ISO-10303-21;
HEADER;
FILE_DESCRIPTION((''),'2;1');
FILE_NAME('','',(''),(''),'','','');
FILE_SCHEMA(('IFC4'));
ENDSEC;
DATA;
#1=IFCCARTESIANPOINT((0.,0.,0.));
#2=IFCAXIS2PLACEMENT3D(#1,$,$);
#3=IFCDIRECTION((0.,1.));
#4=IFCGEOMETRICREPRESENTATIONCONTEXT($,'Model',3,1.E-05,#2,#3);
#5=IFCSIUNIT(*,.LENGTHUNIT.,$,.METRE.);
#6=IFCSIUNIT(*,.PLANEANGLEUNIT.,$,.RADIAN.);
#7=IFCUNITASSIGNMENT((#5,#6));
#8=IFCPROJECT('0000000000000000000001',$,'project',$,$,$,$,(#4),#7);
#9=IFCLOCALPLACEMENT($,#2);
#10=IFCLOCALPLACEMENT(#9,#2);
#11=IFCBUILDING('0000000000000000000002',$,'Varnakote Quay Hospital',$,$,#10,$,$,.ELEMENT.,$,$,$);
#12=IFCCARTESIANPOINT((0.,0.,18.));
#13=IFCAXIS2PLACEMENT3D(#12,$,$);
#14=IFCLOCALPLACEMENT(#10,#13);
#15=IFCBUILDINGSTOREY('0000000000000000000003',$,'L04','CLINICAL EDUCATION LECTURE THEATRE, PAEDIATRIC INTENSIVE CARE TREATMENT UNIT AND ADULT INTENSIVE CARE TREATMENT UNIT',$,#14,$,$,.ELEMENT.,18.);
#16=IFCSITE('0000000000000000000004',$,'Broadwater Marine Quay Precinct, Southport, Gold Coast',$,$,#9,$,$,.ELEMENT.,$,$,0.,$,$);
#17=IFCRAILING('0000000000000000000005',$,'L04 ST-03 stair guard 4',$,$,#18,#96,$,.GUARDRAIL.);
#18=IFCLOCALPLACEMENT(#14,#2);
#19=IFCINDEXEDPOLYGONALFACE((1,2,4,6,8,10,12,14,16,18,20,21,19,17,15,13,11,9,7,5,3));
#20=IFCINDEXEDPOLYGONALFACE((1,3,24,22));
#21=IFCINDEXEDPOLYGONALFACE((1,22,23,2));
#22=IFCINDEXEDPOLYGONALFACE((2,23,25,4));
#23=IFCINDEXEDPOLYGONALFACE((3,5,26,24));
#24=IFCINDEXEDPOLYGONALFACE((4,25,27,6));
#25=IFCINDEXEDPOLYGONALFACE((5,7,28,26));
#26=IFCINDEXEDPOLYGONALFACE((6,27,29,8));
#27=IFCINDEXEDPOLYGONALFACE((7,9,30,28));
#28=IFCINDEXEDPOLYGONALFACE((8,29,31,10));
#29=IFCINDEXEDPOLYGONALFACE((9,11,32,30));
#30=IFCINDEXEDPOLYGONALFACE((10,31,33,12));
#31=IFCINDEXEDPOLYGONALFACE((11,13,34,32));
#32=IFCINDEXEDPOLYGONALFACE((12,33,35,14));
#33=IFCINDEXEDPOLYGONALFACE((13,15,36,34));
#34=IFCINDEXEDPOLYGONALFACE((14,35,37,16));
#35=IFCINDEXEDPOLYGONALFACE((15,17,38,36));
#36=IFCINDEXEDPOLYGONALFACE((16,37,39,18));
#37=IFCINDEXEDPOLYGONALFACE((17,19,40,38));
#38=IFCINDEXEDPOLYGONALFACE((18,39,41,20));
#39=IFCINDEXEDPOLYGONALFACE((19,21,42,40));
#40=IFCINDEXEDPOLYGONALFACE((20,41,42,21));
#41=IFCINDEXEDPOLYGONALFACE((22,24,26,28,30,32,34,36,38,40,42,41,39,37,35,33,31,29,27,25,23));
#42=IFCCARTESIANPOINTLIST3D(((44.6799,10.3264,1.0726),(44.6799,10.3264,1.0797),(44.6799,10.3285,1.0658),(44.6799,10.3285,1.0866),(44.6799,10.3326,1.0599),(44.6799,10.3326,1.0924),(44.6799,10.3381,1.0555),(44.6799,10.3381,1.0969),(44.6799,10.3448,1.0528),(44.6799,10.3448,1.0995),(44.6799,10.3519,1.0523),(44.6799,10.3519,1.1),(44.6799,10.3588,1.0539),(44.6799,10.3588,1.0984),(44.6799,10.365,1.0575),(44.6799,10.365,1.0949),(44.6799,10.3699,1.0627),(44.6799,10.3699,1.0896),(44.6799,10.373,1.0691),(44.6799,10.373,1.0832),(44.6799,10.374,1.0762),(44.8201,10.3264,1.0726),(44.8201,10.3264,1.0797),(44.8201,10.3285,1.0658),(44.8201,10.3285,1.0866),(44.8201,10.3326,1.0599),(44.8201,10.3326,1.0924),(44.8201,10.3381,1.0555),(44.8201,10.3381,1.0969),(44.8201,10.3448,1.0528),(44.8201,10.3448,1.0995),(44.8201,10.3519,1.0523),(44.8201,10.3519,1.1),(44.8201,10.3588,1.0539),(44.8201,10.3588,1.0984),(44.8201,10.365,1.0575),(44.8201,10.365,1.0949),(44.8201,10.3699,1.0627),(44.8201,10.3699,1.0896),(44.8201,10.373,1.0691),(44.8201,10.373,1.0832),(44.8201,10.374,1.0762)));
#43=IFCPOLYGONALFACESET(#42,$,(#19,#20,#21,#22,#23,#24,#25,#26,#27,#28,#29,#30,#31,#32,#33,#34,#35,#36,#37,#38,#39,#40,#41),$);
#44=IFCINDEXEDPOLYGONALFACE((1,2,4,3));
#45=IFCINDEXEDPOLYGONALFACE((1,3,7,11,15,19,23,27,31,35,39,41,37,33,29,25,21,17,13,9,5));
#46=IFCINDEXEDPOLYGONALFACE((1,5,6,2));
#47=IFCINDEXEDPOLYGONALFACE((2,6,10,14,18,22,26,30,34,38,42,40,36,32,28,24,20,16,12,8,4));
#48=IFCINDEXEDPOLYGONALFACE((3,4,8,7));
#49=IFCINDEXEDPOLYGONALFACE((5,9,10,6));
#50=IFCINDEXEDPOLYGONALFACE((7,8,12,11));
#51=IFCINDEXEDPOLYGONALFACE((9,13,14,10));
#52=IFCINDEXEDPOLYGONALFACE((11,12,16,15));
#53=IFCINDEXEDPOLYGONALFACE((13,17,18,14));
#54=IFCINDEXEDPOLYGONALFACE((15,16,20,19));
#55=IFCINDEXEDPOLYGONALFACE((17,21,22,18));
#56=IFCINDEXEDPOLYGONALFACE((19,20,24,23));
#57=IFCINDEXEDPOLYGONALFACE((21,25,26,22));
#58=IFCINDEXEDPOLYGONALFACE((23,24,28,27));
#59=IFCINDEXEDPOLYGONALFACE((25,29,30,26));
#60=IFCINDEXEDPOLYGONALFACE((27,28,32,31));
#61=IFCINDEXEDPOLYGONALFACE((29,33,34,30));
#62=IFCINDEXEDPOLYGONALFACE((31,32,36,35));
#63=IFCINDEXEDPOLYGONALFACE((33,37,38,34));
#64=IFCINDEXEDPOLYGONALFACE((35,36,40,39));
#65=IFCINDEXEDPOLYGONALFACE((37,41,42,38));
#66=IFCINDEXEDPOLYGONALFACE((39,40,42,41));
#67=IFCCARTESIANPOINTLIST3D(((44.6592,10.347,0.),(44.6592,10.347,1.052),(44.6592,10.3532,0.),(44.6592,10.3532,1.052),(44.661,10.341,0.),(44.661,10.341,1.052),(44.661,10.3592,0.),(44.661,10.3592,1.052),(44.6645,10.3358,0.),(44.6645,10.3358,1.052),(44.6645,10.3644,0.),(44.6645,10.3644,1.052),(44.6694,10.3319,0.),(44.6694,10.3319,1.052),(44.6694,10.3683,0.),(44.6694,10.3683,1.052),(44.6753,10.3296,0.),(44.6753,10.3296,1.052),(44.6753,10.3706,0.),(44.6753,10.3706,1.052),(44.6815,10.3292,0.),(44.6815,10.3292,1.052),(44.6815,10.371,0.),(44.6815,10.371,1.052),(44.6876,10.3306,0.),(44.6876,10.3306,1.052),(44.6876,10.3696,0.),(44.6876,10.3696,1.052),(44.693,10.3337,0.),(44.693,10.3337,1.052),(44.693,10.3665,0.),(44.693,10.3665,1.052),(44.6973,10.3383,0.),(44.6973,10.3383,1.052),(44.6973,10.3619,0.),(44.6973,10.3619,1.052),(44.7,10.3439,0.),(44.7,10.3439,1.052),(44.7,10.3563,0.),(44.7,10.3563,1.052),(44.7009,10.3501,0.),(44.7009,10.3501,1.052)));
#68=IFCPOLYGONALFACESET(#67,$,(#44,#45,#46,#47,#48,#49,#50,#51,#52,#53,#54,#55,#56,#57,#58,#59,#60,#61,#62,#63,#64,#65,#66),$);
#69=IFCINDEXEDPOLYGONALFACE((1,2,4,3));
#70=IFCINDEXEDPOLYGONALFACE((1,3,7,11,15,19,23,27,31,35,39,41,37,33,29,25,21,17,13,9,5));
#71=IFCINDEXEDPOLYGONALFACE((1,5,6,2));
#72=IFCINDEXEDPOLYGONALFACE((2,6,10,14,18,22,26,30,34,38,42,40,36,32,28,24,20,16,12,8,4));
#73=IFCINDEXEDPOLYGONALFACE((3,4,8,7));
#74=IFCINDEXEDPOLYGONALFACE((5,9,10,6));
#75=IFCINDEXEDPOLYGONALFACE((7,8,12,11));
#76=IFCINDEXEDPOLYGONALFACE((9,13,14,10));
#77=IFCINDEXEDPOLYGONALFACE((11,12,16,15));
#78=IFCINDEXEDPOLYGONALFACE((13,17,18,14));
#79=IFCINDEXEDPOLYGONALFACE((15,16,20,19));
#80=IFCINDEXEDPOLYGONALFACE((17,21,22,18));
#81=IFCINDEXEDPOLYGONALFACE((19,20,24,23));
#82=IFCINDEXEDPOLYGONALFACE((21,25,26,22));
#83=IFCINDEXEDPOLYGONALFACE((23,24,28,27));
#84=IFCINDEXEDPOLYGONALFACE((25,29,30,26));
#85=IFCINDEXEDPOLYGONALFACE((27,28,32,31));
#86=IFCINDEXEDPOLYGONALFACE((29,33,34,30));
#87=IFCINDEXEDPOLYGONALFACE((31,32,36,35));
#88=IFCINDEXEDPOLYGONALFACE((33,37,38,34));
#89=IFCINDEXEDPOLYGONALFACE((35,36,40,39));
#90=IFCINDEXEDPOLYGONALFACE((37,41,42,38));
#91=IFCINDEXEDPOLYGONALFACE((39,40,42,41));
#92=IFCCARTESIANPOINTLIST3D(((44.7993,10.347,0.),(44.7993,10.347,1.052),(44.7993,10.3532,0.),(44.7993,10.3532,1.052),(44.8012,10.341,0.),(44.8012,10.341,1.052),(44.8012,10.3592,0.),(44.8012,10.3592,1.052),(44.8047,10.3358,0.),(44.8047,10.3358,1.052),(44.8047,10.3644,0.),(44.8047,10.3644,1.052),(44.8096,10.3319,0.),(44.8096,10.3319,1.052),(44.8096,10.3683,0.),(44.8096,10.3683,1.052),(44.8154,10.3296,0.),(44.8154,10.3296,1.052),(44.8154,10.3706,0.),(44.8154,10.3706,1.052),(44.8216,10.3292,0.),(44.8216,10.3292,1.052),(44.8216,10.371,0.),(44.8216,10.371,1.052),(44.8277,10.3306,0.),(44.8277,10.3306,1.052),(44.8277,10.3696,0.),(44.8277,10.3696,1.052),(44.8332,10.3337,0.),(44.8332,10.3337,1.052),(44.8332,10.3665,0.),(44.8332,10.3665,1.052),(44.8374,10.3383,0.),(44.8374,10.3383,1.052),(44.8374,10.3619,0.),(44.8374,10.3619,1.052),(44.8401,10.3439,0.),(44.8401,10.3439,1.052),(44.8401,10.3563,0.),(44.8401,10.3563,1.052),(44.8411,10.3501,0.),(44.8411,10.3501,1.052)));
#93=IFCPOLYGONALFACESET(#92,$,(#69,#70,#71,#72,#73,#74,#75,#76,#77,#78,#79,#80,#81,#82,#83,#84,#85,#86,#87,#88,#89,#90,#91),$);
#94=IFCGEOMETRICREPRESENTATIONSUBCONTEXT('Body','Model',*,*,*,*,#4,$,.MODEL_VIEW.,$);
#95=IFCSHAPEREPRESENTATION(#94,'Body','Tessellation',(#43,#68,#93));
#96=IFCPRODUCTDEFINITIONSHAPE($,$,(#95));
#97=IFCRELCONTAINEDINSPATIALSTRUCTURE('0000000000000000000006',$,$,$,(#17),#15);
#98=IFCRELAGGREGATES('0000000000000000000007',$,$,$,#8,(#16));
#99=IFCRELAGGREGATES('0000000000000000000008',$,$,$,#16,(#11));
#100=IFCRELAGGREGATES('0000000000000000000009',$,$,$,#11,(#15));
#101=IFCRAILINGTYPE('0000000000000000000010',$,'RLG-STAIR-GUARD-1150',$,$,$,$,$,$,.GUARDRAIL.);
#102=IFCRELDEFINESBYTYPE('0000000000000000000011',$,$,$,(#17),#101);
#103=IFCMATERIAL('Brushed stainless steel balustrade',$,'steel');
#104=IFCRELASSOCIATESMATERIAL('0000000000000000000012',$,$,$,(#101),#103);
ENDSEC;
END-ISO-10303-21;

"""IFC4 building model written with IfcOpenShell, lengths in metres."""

from ifc_helpers import new_model, si_unit, direction, frame, origin, origin_2d, place, context, subcontext, project, spatial, circle, extrude, material, type_object, element, save


model = new_model("IFC4")

# Units and contexts
model_context = context("Model", 3, precision=1e-05, world=origin(), true_north=direction((0.0, 1.0)))
body_context = subcontext(model_context, "Body", "Model", "MODEL_VIEW")
ifc_project = project(units=[si_unit("LENGTHUNIT", "METRE"), si_unit("PLANEANGLEUNIT", "RADIAN")], contexts=[model_context])

# Site, building, storey
site_placement = place(None, origin())
site = spatial("IfcSite", under=ifc_project, at=site_placement, Name="Broadwater Marine Quay Precinct, Southport, Gold Coast", CompositionType="ELEMENT", RefElevation=0.0)
building_placement = place(site_placement, origin())
building = spatial("IfcBuilding", under=site, at=building_placement, Name="Varnakote Quay Hospital", CompositionType="ELEMENT")
storey_placement = place(building_placement, frame((0.0, 0.0, 18.0)))
storey = spatial("IfcBuildingStorey", under=building, at=storey_placement, Name="L04", Description="CLINICAL EDUCATION LECTURE THEATRE, PAEDIATRIC INTENSIVE CARE TREATMENT UNIT AND ADULT INTENSIVE CARE TREATMENT UNIT", CompositionType="ELEMENT", Elevation=18.0)

# Railing
ifc_material_1 = material(Name="Brushed stainless steel balustrade", Category="steel")
railing_type_1 = type_object("IfcRailingType", Name="RLG-STAIR-GUARD-1150", PredefinedType="GUARDRAIL", material=ifc_material_1)
railing_1_placement = place(storey_placement, frame((44.6799, 10.3501, 0.0)))
element("IfcRailing", 1, at=railing_1_placement, inside=storey, type_object=railing_type_1, Name="L04 ST-03 stair guard 4", PredefinedType="GUARDRAIL", context=body_context, shape_type="SweptSolid", body=[
    extrude(circle(Radius=0.0239, at=origin_2d()), frame((0.0, 0.0, 1.0762), z_axis=(1.0, 0.0, 0.0), x_axis=(0.0, 1.0, 0.0)), (0.0, 0.0, 1.0), 0.1401),
    extrude(circle(Radius=0.021, at=origin_2d()), origin(), (0.0, 0.0, 1.0), 1.052),
    extrude(circle(Radius=0.021, at=origin_2d()), frame((0.1401, 0.0, 0.0)), (0.0, 0.0, 1.0), 1.052),
])

save(model, "model.ifc")
